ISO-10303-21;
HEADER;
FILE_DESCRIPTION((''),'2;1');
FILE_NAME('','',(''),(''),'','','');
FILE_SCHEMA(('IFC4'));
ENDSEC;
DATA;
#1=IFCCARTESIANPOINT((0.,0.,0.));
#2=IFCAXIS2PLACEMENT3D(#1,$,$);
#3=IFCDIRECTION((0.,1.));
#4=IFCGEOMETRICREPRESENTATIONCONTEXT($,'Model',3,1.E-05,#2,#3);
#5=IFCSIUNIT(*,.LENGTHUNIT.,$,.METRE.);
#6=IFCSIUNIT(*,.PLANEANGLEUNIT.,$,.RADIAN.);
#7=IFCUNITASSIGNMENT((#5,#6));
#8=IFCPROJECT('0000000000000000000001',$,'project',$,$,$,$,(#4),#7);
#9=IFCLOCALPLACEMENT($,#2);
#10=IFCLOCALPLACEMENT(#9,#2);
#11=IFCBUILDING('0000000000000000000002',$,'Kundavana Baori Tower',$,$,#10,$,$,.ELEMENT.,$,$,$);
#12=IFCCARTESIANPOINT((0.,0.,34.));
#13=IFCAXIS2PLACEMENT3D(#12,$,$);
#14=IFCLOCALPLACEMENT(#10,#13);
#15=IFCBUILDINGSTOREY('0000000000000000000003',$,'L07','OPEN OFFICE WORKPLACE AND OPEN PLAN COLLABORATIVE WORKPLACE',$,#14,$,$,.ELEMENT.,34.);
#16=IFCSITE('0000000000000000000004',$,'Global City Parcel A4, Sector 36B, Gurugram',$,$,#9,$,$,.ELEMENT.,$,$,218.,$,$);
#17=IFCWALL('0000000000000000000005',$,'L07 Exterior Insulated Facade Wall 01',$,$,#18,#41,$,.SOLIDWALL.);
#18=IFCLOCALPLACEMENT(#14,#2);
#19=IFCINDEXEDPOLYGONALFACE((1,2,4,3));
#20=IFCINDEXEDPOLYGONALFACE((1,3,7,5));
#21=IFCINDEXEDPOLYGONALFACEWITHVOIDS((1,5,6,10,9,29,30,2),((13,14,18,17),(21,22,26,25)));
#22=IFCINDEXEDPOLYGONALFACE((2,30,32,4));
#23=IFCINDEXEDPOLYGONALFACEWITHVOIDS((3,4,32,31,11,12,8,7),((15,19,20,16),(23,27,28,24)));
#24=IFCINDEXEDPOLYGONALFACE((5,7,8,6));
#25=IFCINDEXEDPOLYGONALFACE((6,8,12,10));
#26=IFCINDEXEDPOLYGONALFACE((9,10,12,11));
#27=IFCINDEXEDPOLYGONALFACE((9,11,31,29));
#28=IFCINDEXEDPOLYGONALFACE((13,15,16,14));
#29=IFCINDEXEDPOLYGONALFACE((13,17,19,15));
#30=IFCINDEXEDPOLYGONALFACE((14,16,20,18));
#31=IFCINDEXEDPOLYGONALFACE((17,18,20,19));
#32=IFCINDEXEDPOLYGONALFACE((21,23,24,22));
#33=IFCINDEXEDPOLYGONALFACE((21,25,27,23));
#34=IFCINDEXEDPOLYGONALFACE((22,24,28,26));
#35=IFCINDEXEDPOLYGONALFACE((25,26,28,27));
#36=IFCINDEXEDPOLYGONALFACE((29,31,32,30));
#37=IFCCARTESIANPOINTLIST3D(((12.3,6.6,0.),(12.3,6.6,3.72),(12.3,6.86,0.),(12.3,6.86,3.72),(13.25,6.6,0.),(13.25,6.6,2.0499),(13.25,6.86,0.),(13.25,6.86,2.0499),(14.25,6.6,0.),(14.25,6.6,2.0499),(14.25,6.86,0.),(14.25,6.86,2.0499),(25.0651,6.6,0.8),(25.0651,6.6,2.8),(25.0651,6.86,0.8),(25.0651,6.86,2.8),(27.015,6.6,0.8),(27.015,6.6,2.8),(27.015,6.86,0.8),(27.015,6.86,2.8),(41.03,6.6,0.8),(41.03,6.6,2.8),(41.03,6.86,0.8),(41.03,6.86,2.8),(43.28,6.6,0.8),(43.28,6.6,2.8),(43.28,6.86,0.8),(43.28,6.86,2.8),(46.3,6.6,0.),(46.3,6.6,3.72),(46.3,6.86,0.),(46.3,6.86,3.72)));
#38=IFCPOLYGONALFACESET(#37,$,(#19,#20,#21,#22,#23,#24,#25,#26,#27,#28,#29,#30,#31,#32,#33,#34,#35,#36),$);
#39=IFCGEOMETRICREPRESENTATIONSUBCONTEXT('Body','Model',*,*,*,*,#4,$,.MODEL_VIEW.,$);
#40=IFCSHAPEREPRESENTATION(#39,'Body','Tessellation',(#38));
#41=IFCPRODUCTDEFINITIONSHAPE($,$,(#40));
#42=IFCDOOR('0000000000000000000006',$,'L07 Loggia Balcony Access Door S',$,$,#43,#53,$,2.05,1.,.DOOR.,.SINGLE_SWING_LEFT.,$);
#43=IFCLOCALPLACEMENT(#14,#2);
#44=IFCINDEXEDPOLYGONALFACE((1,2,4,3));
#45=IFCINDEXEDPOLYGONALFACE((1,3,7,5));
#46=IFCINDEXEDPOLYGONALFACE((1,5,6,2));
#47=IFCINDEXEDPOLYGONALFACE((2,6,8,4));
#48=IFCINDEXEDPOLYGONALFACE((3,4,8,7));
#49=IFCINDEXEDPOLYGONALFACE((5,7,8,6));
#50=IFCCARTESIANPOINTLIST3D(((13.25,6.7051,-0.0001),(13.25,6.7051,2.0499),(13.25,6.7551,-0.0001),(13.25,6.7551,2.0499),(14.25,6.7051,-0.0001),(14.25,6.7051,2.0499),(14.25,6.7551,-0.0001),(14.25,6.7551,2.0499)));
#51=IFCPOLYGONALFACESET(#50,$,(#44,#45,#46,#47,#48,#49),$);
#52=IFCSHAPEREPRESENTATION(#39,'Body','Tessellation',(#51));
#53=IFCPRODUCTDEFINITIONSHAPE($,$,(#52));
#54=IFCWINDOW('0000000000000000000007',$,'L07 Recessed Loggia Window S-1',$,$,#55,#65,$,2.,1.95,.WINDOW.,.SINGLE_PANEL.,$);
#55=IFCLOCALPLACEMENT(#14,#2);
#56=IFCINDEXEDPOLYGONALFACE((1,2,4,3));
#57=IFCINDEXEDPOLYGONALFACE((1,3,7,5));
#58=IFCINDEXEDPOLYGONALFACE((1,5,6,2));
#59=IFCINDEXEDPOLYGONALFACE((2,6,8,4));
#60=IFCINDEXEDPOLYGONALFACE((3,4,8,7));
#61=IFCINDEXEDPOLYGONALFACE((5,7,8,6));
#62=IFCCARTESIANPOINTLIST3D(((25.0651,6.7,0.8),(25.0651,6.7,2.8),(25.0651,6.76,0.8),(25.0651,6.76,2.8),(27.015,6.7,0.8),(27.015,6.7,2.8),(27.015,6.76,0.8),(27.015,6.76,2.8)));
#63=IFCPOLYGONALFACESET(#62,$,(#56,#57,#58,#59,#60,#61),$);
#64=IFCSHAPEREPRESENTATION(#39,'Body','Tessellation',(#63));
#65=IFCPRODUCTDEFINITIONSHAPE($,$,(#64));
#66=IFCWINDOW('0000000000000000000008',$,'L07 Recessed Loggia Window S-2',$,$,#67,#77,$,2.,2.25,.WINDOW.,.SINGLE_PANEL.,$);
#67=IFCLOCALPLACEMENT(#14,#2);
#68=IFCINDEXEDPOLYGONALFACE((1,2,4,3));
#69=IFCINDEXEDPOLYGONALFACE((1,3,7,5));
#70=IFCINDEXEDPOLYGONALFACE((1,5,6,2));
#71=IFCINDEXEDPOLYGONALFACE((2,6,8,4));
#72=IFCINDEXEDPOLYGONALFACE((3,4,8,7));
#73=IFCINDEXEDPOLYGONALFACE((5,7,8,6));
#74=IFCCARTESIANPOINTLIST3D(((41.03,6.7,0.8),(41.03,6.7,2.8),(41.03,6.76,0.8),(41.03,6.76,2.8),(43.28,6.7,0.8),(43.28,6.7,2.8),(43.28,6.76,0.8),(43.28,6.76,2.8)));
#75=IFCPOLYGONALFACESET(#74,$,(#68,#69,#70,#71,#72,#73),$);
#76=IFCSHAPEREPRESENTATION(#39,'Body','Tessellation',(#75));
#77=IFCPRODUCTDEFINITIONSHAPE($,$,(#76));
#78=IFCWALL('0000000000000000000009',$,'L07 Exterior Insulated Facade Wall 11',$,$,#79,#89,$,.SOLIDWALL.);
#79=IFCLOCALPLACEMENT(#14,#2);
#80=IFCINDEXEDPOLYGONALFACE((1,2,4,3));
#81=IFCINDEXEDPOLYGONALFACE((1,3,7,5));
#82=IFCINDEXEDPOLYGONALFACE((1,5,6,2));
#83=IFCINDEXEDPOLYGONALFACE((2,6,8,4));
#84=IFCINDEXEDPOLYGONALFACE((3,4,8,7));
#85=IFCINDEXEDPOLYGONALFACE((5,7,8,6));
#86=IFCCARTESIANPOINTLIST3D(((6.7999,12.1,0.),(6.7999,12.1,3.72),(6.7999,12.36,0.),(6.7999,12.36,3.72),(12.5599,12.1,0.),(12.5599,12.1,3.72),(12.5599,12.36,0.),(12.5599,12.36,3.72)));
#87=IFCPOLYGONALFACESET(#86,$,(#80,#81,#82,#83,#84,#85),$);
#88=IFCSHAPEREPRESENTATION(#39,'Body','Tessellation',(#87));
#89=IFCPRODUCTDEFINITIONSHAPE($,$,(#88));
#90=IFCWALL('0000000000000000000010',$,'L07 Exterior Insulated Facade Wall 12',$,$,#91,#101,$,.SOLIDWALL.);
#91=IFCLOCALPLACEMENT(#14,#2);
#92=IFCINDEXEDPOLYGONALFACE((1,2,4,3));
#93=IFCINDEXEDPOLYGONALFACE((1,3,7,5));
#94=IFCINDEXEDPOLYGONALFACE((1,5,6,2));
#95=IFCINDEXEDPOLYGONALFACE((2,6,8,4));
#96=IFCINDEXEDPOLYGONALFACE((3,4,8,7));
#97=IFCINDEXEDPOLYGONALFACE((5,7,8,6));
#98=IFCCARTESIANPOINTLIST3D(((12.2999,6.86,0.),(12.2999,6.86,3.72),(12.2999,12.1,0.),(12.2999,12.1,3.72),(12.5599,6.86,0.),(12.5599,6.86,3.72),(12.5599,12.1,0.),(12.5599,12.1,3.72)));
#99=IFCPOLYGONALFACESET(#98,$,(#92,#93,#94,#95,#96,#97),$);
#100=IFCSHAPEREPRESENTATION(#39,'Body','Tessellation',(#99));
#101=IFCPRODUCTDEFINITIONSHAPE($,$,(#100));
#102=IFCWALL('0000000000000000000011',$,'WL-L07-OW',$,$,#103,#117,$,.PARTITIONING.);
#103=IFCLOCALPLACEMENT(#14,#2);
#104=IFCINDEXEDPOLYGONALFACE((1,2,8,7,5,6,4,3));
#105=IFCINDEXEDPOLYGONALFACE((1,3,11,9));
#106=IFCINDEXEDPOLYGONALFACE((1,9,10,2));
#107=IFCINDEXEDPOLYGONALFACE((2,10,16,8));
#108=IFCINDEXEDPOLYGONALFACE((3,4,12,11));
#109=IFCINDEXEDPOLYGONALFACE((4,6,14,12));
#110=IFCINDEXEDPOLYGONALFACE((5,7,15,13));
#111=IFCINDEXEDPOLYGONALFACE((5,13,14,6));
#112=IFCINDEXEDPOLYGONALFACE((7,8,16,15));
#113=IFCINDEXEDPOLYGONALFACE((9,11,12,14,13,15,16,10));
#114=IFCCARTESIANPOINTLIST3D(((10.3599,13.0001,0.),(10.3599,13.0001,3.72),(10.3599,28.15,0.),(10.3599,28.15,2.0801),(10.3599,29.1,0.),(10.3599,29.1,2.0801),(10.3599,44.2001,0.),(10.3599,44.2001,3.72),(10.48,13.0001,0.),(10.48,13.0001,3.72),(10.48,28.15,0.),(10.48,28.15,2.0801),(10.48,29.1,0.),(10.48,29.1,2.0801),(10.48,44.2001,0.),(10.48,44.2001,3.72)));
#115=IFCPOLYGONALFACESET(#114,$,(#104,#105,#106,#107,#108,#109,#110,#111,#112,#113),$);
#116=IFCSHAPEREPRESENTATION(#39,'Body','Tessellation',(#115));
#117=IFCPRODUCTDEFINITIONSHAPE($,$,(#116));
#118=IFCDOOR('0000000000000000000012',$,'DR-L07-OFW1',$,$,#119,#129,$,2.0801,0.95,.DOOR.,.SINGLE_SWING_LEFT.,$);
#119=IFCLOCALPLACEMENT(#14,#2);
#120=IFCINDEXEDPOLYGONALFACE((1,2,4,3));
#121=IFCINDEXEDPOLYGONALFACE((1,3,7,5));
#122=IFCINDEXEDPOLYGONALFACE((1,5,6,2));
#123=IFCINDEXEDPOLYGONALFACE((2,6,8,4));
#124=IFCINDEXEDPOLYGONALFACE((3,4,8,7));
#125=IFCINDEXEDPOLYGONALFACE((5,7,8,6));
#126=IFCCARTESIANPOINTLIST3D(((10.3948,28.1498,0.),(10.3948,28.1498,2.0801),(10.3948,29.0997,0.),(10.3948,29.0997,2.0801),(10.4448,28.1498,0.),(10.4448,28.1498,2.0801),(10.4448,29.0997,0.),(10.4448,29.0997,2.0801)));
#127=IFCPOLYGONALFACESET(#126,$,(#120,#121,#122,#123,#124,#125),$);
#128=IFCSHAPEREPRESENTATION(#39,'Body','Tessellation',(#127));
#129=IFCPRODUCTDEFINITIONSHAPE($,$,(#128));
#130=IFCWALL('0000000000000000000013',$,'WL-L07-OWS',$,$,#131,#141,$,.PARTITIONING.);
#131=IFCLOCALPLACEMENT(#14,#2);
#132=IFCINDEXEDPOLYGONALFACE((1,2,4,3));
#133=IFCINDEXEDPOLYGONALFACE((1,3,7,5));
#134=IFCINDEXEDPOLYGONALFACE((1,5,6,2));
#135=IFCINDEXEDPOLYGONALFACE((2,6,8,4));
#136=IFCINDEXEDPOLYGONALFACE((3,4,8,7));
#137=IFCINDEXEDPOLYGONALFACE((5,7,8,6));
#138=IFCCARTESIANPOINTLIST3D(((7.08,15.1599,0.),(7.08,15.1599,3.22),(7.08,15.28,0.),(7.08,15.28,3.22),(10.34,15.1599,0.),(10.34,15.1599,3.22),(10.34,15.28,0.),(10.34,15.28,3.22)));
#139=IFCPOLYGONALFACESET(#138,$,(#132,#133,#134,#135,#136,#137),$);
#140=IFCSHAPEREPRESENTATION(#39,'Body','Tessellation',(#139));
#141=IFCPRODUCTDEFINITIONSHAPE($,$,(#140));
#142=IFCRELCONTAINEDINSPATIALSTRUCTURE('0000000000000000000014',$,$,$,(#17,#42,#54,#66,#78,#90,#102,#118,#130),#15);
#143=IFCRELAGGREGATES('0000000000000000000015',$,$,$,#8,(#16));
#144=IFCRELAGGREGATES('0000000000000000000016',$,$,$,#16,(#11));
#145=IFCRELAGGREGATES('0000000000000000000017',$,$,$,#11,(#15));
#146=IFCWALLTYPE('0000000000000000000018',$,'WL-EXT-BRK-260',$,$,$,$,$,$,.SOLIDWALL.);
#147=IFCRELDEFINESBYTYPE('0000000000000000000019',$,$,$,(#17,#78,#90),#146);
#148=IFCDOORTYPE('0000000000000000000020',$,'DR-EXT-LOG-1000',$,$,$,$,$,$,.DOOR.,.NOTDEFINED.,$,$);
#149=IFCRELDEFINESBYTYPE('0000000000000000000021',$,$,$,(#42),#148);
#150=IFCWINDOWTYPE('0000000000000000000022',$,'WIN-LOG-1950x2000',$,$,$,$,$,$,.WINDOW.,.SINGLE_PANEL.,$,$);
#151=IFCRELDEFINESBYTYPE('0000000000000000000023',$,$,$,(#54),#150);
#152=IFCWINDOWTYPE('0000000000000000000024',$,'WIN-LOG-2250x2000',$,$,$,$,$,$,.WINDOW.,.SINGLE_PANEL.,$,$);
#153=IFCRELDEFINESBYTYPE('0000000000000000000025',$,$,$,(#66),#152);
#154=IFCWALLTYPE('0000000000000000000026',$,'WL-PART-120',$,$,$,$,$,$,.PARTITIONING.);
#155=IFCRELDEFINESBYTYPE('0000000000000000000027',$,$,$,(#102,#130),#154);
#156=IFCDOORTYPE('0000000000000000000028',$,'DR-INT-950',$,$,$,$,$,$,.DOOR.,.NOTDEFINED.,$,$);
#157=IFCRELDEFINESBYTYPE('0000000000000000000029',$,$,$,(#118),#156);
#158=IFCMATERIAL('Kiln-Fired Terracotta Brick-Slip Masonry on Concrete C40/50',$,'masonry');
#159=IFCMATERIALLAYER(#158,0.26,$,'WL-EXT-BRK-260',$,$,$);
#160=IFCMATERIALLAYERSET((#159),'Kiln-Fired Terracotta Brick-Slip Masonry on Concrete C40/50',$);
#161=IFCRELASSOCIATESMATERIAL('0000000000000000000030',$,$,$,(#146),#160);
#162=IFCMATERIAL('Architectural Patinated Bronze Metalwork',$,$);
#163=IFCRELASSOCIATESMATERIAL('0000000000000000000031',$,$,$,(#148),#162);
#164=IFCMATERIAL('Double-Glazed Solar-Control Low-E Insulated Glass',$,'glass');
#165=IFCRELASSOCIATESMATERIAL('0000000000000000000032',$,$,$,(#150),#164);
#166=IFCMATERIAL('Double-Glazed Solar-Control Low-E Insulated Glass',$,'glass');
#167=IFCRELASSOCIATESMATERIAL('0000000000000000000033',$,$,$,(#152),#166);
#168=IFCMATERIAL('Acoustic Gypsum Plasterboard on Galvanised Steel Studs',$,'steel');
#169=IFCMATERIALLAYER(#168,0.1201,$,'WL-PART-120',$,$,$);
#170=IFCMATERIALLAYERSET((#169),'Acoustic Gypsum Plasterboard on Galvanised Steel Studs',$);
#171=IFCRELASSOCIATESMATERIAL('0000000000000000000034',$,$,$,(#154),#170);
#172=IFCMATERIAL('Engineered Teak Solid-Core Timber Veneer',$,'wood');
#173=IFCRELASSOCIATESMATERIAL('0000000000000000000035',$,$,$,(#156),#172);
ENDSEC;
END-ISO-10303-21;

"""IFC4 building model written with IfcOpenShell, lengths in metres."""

from ifc_helpers import new_model, si_unit, direction, frame, frame_2d, origin, place, context, subcontext, project, spatial, rectangle, extrude, material, layer, layer_set, type_object, element, fill, save


model = new_model("IFC4")

# Units and contexts
model_context = context("Model", 3, precision=1e-05, world=origin(), true_north=direction((0.0, 1.0)))
body_context = subcontext(model_context, "Body", "Model", "MODEL_VIEW")
ifc_project = project(units=[si_unit("LENGTHUNIT", "METRE"), si_unit("PLANEANGLEUNIT", "RADIAN")], contexts=[model_context])

# Site, building, storey
site_placement = place(None, origin())
site = spatial("IfcSite", under=ifc_project, at=site_placement, Name="Global City Parcel A4, Sector 36B, Gurugram", CompositionType="ELEMENT", RefElevation=218.0)
building_placement = place(site_placement, origin())
building = spatial("IfcBuilding", under=site, at=building_placement, Name="Kundavana Baori Tower", CompositionType="ELEMENT")
storey_placement = place(building_placement, frame((0.0, 0.0, 34.0)))
storey = spatial("IfcBuildingStorey", under=building, at=storey_placement, Name="L07", Description="OPEN OFFICE WORKPLACE AND OPEN PLAN COLLABORATIVE WORKPLACE", CompositionType="ELEMENT", Elevation=34.0)

# Wall, openings, door, windows
ifc_material_1 = material(Name="Kiln-Fired Terracotta Brick-Slip Masonry on Concrete C40/50", Category="masonry")
ifc_layer_1 = layer(ifc_material_1, 0.26, Name="WL-EXT-BRK-260")
ifc_layer_set_1 = layer_set([ifc_layer_1], Name="Kiln-Fired Terracotta Brick-Slip Masonry on Concrete C40/50")
wall_type_1 = type_object("IfcWallType", Name="WL-EXT-BRK-260", PredefinedType="SOLIDWALL", material=ifc_layer_set_1)
wall_1_placement = place(storey_placement, frame((12.3, 6.73, 0.0), z_axis=(0.0, 0.0, 1.0), x_axis=(1.0, 0.0, 0.0)))
wall_1 = element("IfcWall", 1, at=wall_1_placement, inside=storey, type_object=wall_type_1, Name="L07 Exterior Insulated Facade Wall 01", PredefinedType="SOLIDWALL", context=body_context, shape_type="SweptSolid", body=[
    extrude(rectangle(XDim=34.0, YDim=0.26, at=frame_2d((17.0, 0.0))), origin(), (0.0, 0.0, 1.0), 3.72),
])
opening_1_placement = place(wall_1_placement, frame((0.95, 0.0, 0.0)))
opening_1 = element("IfcOpeningElement", 2, at=opening_1_placement, cuts=wall_1, PredefinedType="OPENING", context=body_context, shape_type="SweptSolid", body=[
    extrude(rectangle(XDim=1.0, YDim=2.05, at=frame_2d((0.5, 1.0249))), frame((0.0, 0.1401, 0.0), z_axis=(0.0, -1.0, 0.0), x_axis=(1.0, 0.0, 0.0)), (0.0, 0.0, 1.0), 0.28),
])
opening_2_placement = place(wall_1_placement, frame((12.7649, 0.0, 0.8)))
opening_2 = element("IfcOpeningElement", 3, at=opening_2_placement, cuts=wall_1, PredefinedType="OPENING", context=body_context, shape_type="SweptSolid", body=[
    extrude(rectangle(XDim=1.95, YDim=2.0, at=frame_2d((0.9751, 1.0))), frame((0.0, 0.1401, 0.0), z_axis=(0.0, -1.0, 0.0), x_axis=(1.0, 0.0, 0.0)), (0.0, 0.0, 1.0), 0.28),
])
opening_3_placement = place(wall_1_placement, frame((28.73, 0.0, 0.8)))
opening_3 = element("IfcOpeningElement", 4, at=opening_3_placement, cuts=wall_1, PredefinedType="OPENING", context=body_context, shape_type="SweptSolid", body=[
    extrude(rectangle(XDim=2.25, YDim=2.0, at=frame_2d((1.125, 1.0))), frame((0.0, 0.1401, 0.0), z_axis=(0.0, -1.0, 0.0), x_axis=(1.0, 0.0, 0.0)), (0.0, 0.0, 1.0), 0.28),
])
ifc_material_2 = material(Name="Architectural Patinated Bronze Metalwork")
door_type_1 = type_object("IfcDoorType", Name="DR-EXT-LOG-1000", OperationType="NOTDEFINED", PredefinedType="DOOR", material=ifc_material_2)
door_1_placement = place(opening_1_placement, frame((1.0, 0.0, 0.0), z_axis=(0.0, 0.0, 1.0), x_axis=(-1.0, 0.0, 0.0)))
door_1 = element("IfcDoor", 5, at=door_1_placement, inside=storey, type_object=door_type_1, Name="L07 Loggia Balcony Access Door S", OperationType="SINGLE_SWING_LEFT", OverallHeight=2.05, OverallWidth=1.0, PredefinedType="DOOR", context=body_context, shape_type="SweptSolid", body=[
    extrude(rectangle(XDim=1.0, YDim=2.05, at=frame_2d((0.5, 1.0249))), frame((0.0, 0.0249, 0.0), z_axis=(0.0, -1.0, 0.0), x_axis=(1.0, 0.0, 0.0)), (0.0, 0.0, 1.0), 0.05),
])
fill(opening_1, door_1)
ifc_material_3 = material(Name="Double-Glazed Solar-Control Low-E Insulated Glass", Category="glass")
window_type_1 = type_object("IfcWindowType", Name="WIN-LOG-1950x2000", PartitioningType="SINGLE_PANEL", PredefinedType="WINDOW", material=ifc_material_3)
window_1_placement = place(opening_2_placement, origin())
window_1 = element("IfcWindow", 6, at=window_1_placement, inside=storey, type_object=window_type_1, Name="L07 Recessed Loggia Window S-1", OverallHeight=2.0, OverallWidth=1.95, PartitioningType="SINGLE_PANEL", PredefinedType="WINDOW", context=body_context, shape_type="SweptSolid", body=[
    extrude(rectangle(XDim=1.95, YDim=2.0, at=frame_2d((0.9751, 1.0))), frame((0.0, 0.03, 0.0), z_axis=(0.0, -1.0, 0.0), x_axis=(1.0, 0.0, 0.0)), (0.0, 0.0, 1.0), 0.0601),
])
fill(opening_2, window_1)
ifc_material_4 = material(Name="Double-Glazed Solar-Control Low-E Insulated Glass", Category="glass")
window_type_2 = type_object("IfcWindowType", Name="WIN-LOG-2250x2000", PartitioningType="SINGLE_PANEL", PredefinedType="WINDOW", material=ifc_material_4)
window_2_placement = place(opening_3_placement, origin())
window_2 = element("IfcWindow", 7, at=window_2_placement, inside=storey, type_object=window_type_2, Name="L07 Recessed Loggia Window S-2", OverallHeight=2.0, OverallWidth=2.25, PartitioningType="SINGLE_PANEL", PredefinedType="WINDOW", context=body_context, shape_type="SweptSolid", body=[
    extrude(rectangle(XDim=2.25, YDim=2.0, at=frame_2d((1.125, 1.0))), frame((0.0, 0.03, 0.0), z_axis=(0.0, -1.0, 0.0), x_axis=(1.0, 0.0, 0.0)), (0.0, 0.0, 1.0), 0.0601),
])
fill(opening_3, window_2)

# Walls
wall_2_placement = place(storey_placement, frame((6.8, 12.23, 0.0), z_axis=(0.0, 0.0, 1.0), x_axis=(1.0, 0.0, 0.0)))
element("IfcWall", 8, at=wall_2_placement, inside=storey, type_object=wall_type_1, Name="L07 Exterior Insulated Facade Wall 11", PredefinedType="SOLIDWALL", context=body_context, shape_type="SweptSolid", body=[
    extrude(rectangle(XDim=5.76, YDim=0.26, at=frame_2d((2.8799, 0.0))), origin(), (0.0, 0.0, 1.0), 3.72),
])
wall_3_placement = place(storey_placement, frame((12.4299, 12.1001, 0.0), z_axis=(0.0, 0.0, 1.0), x_axis=(0.0, -1.0, 0.0)))
element("IfcWall", 9, at=wall_3_placement, inside=storey, type_object=wall_type_1, Name="L07 Exterior Insulated Facade Wall 12", PredefinedType="SOLIDWALL", context=body_context, shape_type="SweptSolid", body=[
    extrude(rectangle(XDim=5.24, YDim=0.26, at=frame_2d((2.6201, 0.0))), origin(), (0.0, 0.0, 1.0), 3.72),
])

# Wall, opening, door
ifc_material_5 = material(Name="Acoustic Gypsum Plasterboard on Galvanised Steel Studs", Category="steel")
ifc_layer_2 = layer(ifc_material_5, 0.1201, Name="WL-PART-120")
ifc_layer_set_2 = layer_set([ifc_layer_2], Name="Acoustic Gypsum Plasterboard on Galvanised Steel Studs")
wall_type_2 = type_object("IfcWallType", Name="WL-PART-120", PredefinedType="PARTITIONING", material=ifc_layer_set_2)
wall_4_placement = place(storey_placement, frame((10.4199, 13.0, 0.0), z_axis=(0.0, 0.0, 1.0), x_axis=(0.0, 1.0, 0.0)))
wall_4 = element("IfcWall", 10, at=wall_4_placement, inside=storey, type_object=wall_type_2, Name="WL-L07-OW", PredefinedType="PARTITIONING", context=body_context, shape_type="SweptSolid", body=[
    extrude(rectangle(XDim=31.2, YDim=0.1201, at=frame_2d((15.6001, 0.0))), origin(), (0.0, 0.0, 1.0), 3.72),
])
opening_4_placement = place(wall_4_placement, frame((15.1499, 0.0, 0.0)))
opening_4 = element("IfcOpeningElement", 11, at=opening_4_placement, cuts=wall_4, PredefinedType="OPENING", context=body_context, shape_type="SweptSolid", body=[
    extrude(rectangle(XDim=0.95, YDim=2.0801, at=frame_2d((0.4751, 1.04))), frame((0.0, 0.0701, 0.0), z_axis=(0.0, -1.0, 0.0), x_axis=(1.0, 0.0, 0.0)), (0.0, 0.0, 1.0), 0.1401),
])
ifc_material_6 = material(Name="Engineered Teak Solid-Core Timber Veneer", Category="wood")
door_type_2 = type_object("IfcDoorType", Name="DR-INT-950", OperationType="NOTDEFINED", PredefinedType="DOOR", material=ifc_material_6)
door_2_placement = place(opening_4_placement, frame((0.95, 0.0, 0.0), z_axis=(0.0, 0.0, 1.0), x_axis=(-1.0, 0.0, 0.0)))
door_2 = element("IfcDoor", 12, at=door_2_placement, inside=storey, type_object=door_type_2, Name="DR-L07-OFW1", OperationType="SINGLE_SWING_LEFT", OverallHeight=2.0801, OverallWidth=0.95, PredefinedType="DOOR", context=body_context, shape_type="SweptSolid", body=[
    extrude(rectangle(XDim=0.95, YDim=2.0801, at=frame_2d((0.4751, 1.04))), frame((0.0, 0.0249, 0.0), z_axis=(0.0, -1.0, 0.0), x_axis=(1.0, 0.0, 0.0)), (0.0, 0.0, 1.0), 0.05),
])
fill(opening_4, door_2)

# Wall
wall_5_placement = place(storey_placement, frame((7.0801, 15.22, 0.0), z_axis=(0.0, 0.0, 1.0), x_axis=(1.0, 0.0, 0.0)))
element("IfcWall", 13, at=wall_5_placement, inside=storey, type_object=wall_type_2, Name="WL-L07-OWS", PredefinedType="PARTITIONING", context=body_context, shape_type="SweptSolid", body=[
    extrude(rectangle(XDim=3.26, YDim=0.1201, at=frame_2d((1.6299, 0.0))), origin(), (0.0, 0.0, 1.0), 3.22),
])

save(model, "model.ifc")
